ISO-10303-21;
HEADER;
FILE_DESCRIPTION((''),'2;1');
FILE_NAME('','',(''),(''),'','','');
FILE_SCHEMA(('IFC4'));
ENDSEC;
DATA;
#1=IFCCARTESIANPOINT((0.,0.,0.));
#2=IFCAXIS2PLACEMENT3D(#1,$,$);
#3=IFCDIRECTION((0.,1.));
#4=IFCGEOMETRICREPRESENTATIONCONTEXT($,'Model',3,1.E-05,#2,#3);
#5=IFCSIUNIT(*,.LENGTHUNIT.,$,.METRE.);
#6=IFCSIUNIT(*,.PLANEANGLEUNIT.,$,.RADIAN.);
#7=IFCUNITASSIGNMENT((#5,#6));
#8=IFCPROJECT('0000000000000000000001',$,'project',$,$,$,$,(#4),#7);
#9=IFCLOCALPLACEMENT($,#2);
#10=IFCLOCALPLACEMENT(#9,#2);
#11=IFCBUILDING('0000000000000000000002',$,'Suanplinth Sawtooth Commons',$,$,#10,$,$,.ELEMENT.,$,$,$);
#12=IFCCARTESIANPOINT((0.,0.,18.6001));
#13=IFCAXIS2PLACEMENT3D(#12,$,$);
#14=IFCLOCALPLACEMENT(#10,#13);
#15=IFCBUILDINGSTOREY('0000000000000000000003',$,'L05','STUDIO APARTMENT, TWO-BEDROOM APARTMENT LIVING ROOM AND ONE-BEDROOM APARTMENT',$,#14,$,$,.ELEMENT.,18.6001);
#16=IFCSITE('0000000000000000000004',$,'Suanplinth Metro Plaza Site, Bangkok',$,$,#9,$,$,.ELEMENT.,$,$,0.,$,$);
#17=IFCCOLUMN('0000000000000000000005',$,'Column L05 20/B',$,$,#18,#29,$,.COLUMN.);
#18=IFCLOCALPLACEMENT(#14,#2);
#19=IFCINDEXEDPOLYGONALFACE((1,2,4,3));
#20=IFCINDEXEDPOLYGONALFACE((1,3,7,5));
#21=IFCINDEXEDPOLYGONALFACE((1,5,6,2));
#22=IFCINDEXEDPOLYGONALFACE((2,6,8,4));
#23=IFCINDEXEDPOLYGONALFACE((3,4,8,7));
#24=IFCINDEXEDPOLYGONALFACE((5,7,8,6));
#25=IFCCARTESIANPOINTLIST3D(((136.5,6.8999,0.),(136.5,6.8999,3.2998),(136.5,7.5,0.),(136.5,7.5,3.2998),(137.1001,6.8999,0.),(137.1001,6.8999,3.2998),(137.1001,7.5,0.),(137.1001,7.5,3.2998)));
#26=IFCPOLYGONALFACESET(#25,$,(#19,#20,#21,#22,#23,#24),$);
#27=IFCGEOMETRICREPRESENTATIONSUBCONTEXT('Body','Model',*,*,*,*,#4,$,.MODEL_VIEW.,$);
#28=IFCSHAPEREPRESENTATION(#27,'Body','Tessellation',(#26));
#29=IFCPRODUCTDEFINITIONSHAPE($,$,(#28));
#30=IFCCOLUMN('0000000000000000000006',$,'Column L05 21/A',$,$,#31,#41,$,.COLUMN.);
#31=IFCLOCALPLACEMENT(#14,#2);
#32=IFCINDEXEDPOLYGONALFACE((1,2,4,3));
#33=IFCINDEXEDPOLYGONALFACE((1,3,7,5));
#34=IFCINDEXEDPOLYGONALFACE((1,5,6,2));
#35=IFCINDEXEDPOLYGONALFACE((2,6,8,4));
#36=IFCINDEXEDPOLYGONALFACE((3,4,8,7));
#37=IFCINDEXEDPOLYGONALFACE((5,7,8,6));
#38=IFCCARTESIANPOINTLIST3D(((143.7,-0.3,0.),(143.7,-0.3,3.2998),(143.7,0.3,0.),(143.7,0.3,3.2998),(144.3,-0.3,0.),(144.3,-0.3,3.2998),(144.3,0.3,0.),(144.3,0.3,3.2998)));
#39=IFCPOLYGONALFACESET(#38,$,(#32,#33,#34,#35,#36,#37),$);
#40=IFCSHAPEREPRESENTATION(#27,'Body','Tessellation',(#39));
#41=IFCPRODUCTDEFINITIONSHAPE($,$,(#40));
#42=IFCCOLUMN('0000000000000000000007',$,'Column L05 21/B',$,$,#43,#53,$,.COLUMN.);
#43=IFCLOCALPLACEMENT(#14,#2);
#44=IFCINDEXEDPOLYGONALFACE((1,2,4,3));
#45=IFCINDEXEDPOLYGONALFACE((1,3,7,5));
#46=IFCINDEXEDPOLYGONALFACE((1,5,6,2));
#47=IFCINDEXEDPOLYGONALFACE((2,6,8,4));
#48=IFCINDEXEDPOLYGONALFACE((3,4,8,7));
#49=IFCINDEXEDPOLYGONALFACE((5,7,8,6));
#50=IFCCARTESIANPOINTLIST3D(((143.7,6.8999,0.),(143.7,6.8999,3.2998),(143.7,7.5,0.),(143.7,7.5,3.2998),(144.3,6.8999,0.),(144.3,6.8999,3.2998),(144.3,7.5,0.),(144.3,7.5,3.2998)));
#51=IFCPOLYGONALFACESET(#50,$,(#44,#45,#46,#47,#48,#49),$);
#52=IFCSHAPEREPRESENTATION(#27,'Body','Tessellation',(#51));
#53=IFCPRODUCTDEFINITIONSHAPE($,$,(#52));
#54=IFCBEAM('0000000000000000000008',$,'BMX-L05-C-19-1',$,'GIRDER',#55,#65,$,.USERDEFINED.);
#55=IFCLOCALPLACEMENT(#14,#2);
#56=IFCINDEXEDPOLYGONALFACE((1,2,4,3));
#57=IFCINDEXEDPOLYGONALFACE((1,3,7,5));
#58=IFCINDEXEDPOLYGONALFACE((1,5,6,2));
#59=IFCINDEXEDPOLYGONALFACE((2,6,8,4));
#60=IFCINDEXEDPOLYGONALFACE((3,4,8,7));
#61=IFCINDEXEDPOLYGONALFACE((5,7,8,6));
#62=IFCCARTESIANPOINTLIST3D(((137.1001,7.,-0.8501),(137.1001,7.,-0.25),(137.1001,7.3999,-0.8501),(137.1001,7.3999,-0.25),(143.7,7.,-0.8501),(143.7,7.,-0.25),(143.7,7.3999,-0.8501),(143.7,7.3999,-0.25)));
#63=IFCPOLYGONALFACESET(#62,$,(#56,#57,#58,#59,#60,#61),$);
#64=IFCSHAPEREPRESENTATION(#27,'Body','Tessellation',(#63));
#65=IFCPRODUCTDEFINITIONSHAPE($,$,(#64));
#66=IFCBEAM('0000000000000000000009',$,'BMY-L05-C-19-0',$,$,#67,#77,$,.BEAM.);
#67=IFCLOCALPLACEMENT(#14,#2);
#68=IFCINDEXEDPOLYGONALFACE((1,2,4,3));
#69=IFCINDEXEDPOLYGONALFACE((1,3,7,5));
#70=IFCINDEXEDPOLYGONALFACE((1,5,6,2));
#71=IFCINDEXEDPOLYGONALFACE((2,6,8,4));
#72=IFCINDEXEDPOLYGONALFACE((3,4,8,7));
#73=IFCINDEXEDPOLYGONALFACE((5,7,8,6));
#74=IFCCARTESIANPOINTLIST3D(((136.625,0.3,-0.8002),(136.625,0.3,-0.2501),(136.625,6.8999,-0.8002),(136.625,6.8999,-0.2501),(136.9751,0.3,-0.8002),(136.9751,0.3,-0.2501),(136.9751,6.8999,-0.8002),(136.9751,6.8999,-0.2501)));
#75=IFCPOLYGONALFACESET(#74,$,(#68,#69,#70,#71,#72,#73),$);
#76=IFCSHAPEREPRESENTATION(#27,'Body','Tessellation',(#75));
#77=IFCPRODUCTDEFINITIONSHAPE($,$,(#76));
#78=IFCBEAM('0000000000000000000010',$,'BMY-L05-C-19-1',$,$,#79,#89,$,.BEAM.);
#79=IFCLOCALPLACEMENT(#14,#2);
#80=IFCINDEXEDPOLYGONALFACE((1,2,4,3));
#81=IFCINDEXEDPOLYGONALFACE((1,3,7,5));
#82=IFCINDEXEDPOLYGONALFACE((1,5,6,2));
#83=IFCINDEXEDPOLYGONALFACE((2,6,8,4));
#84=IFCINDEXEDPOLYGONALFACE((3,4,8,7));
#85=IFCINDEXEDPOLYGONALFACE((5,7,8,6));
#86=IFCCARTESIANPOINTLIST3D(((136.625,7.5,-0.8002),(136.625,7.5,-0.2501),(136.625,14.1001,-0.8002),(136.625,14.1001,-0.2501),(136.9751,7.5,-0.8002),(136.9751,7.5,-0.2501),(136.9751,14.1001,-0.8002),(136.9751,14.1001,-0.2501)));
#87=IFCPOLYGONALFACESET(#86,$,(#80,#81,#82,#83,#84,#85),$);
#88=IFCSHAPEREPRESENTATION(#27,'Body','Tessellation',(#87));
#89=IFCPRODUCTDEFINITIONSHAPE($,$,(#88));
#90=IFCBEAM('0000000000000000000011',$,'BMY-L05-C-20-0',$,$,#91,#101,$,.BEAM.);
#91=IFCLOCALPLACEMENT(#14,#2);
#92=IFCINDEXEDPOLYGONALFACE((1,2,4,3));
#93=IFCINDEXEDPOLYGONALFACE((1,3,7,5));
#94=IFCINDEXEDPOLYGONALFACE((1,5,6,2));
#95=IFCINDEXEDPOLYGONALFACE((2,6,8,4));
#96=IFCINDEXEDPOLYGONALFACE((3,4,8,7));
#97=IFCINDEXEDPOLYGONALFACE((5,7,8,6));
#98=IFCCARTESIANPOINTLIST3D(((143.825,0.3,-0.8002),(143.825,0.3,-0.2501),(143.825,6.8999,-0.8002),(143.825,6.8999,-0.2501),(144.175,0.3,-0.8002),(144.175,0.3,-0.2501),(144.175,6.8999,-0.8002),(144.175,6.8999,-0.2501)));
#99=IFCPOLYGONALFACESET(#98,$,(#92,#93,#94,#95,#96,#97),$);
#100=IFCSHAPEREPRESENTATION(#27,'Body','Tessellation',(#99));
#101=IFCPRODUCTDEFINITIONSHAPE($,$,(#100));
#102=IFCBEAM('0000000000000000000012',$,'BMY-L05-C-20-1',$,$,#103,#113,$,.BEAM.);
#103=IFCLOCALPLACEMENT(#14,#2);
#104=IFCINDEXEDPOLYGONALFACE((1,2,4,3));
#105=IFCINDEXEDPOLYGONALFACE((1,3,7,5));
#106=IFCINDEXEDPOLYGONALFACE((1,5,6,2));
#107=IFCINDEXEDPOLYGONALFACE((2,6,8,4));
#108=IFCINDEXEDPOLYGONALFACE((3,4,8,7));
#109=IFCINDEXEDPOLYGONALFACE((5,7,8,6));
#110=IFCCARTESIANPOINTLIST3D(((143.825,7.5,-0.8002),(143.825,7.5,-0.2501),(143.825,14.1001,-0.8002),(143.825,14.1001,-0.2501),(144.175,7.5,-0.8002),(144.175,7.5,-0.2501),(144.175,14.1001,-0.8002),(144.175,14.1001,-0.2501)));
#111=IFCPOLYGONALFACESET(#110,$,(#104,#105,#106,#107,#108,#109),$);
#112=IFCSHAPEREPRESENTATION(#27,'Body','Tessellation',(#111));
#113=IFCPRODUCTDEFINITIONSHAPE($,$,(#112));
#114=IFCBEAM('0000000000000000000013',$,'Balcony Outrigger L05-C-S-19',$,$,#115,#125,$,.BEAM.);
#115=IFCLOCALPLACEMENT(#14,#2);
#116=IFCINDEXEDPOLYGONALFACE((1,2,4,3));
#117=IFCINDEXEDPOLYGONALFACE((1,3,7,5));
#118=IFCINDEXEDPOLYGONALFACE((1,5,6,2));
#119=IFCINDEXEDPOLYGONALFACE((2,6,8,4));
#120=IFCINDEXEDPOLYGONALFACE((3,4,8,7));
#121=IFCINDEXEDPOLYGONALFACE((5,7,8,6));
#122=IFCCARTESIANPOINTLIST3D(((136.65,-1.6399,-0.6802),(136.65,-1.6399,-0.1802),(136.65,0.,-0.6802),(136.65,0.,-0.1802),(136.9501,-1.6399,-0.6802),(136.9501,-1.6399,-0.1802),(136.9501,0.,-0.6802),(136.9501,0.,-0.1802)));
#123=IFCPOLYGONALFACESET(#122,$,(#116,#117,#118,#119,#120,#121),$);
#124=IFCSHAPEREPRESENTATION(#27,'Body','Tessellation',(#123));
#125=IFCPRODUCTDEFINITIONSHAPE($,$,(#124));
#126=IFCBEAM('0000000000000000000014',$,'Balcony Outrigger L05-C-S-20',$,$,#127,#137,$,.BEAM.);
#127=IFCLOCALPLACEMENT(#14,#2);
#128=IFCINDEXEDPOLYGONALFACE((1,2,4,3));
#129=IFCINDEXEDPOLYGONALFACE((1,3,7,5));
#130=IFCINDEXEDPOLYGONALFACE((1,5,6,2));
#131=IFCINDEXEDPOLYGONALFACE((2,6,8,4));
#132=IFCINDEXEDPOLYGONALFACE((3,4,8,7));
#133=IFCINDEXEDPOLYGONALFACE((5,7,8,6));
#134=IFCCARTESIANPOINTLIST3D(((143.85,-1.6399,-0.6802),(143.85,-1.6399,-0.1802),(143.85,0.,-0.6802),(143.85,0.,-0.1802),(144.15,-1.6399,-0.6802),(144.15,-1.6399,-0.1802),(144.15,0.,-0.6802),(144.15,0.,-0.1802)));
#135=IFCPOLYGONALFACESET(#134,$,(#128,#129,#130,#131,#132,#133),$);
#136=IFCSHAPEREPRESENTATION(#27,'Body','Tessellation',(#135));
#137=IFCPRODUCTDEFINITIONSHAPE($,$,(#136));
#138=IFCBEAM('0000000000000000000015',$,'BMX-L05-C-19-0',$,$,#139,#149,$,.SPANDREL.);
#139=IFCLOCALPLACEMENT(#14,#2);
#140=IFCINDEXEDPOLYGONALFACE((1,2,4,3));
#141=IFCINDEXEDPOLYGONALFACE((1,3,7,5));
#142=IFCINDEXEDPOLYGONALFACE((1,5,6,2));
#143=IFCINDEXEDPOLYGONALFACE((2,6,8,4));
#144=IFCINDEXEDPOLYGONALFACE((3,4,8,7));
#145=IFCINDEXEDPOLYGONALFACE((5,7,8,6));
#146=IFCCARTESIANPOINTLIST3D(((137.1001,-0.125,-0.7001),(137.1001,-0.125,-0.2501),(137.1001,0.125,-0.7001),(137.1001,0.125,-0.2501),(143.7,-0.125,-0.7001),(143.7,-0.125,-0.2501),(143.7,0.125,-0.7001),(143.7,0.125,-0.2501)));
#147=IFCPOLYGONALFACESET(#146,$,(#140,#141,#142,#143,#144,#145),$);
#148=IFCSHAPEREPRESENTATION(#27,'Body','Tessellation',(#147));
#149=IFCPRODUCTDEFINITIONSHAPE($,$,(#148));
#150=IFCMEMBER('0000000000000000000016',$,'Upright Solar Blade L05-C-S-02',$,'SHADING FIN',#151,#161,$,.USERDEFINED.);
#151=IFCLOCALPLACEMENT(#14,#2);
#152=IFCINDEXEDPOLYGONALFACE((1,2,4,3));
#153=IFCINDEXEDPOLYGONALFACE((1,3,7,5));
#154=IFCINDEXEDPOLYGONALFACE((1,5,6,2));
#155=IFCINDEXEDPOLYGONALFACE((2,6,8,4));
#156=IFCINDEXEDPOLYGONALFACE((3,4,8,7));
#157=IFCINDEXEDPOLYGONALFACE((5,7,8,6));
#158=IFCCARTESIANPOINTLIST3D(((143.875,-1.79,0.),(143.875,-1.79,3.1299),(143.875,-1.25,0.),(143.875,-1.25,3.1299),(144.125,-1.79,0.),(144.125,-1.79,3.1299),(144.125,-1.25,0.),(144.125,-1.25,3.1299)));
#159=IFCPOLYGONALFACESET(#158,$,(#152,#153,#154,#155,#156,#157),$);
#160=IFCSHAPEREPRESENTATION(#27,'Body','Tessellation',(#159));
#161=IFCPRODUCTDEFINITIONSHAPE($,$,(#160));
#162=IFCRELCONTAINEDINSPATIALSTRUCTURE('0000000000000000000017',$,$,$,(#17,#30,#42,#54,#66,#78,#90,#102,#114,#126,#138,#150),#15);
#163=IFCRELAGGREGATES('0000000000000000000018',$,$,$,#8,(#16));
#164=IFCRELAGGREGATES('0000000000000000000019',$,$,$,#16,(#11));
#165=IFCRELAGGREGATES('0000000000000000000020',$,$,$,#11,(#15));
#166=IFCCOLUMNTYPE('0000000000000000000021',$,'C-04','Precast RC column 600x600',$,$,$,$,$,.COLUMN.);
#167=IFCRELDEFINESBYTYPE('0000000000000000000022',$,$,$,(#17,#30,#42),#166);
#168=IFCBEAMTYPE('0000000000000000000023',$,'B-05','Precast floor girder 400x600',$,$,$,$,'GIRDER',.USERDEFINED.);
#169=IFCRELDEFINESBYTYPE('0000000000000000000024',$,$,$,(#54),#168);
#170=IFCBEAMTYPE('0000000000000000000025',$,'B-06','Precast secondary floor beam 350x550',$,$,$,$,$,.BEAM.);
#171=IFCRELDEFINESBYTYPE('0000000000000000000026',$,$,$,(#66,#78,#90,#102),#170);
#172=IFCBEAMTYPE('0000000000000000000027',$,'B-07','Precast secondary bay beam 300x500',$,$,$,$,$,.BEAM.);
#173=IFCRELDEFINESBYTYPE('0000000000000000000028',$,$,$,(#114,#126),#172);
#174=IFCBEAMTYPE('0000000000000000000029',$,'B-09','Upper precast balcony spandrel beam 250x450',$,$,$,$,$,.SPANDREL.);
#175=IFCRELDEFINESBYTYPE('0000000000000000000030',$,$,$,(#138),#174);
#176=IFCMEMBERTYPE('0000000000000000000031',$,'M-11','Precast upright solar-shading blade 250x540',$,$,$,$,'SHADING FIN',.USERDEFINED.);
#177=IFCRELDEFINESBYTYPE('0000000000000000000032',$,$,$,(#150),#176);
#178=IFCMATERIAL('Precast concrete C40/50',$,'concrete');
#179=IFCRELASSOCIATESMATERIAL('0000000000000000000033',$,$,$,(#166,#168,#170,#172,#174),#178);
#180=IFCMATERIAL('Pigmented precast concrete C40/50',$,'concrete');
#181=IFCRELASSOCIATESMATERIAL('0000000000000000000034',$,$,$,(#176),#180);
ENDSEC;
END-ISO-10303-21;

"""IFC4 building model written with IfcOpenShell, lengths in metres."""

from ifc_helpers import new_model, si_unit, direction, frame, origin, origin_2d, place, context, subcontext, project, spatial, rectangle, extrude, material, material_profile, profile_set, type_object, element, save


model = new_model("IFC4")

# Units and contexts
model_context = context("Model", 3, precision=1e-05, world=origin(), true_north=direction((0.0, 1.0)))
body_context = subcontext(model_context, "Body", "Model", "MODEL_VIEW")
ifc_project = project(units=[si_unit("LENGTHUNIT", "METRE"), si_unit("PLANEANGLEUNIT", "RADIAN")], contexts=[model_context])

# Site, building, storey
site_placement = place(None, origin())
site = spatial("IfcSite", under=ifc_project, at=site_placement, Name="Suanplinth Metro Plaza Site, Bangkok", CompositionType="ELEMENT", RefElevation=0.0)
building_placement = place(site_placement, origin())
building = spatial("IfcBuilding", under=site, at=building_placement, Name="Suanplinth Sawtooth Commons", CompositionType="ELEMENT")
storey_placement = place(building_placement, frame((0.0, 0.0, 18.6001)))
storey = spatial("IfcBuildingStorey", under=building, at=storey_placement, Name="L05", Description="STUDIO APARTMENT, TWO-BEDROOM APARTMENT LIVING ROOM AND ONE-BEDROOM APARTMENT", CompositionType="ELEMENT", Elevation=18.6001)

# Columns
ifc_material_1 = material(Name="Precast concrete C40/50", Category="concrete")
ifc_material_profile_1 = material_profile(ifc_material_1, rectangle(XDim=0.6001, YDim=0.6001, at=origin_2d()), Name="PC-COL 600x600")
ifc_profile_set_1 = profile_set([ifc_material_profile_1], Name="Precast concrete C40/50")
column_type = type_object("IfcColumnType", Name="C-04", Description="Precast RC column 600x600", PredefinedType="COLUMN", material=ifc_profile_set_1)
for number, where, z_axis, x_axis, name in (
    (1, (136.8, 7.2, 0.0), (0.0, 0.0, 1.0), (1.0, 0.0, 0.0), "Column L05 20/B"),
    (2, (144.0, 0.0, 0.0), (0.0, 0.0, 1.0), (1.0, 0.0, 0.0), "Column L05 21/A"),
    (3, (144.0, 7.2, 0.0), (0.0, 0.0, 1.0), (1.0, 0.0, 0.0), "Column L05 21/B"),
):
    element("IfcColumn", number, at=place(storey_placement, frame(where, z_axis=z_axis, x_axis=x_axis)), inside=storey, type_object=column_type, Name=name, PredefinedType="COLUMN", context=body_context, shape_type="SweptSolid", body=[
        extrude(rectangle(XDim=0.6001, YDim=0.6001, at=origin_2d()), origin(), (0.0, 0.0, 1.0), 3.2998),
    ])

# Beams
ifc_material_profile_2 = material_profile(ifc_material_1, rectangle(XDim=0.3999, YDim=0.6001, at=origin_2d()), Name="PC-GDR 400x600")
ifc_profile_set_2 = profile_set([ifc_material_profile_2], Name="Precast concrete C40/50")
beam_type_1 = type_object("IfcBeamType", Name="B-05", Description="Precast floor girder 400x600", ElementType="GIRDER", PredefinedType="USERDEFINED", material=ifc_profile_set_2)
beam_1_placement = place(storey_placement, frame((137.1001, 7.2, -0.55), z_axis=(1.0, 0.0, 0.0), x_axis=(0.0, 1.0, 0.0)))
element("IfcBeam", 4, at=beam_1_placement, inside=storey, type_object=beam_type_1, Name="BMX-L05-C-19-1", ObjectType="GIRDER", PredefinedType="USERDEFINED", context=body_context, shape_type="SweptSolid", body=[
    extrude(rectangle(XDim=0.3999, YDim=0.6001, at=origin_2d()), origin(), (0.0, 0.0, 1.0), 6.5999),
])
ifc_material_profile_3 = material_profile(ifc_material_1, rectangle(XDim=0.3501, YDim=0.55, at=origin_2d()), Name="PC-BM 350x550")
ifc_profile_set_3 = profile_set([ifc_material_profile_3], Name="Precast concrete C40/50")
beam_type_2 = type_object("IfcBeamType", Name="B-06", Description="Precast secondary floor beam 350x550", PredefinedType="BEAM", material=ifc_profile_set_3)
beam_2_placement = place(storey_placement, frame((136.8, 0.3, -0.5251), z_axis=(0.0, 1.0, 0.0), x_axis=(-1.0, 0.0, 0.0)))
element("IfcBeam", 5, at=beam_2_placement, inside=storey, type_object=beam_type_2, Name="BMY-L05-C-19-0", PredefinedType="BEAM", context=body_context, shape_type="SweptSolid", body=[
    extrude(rectangle(XDim=0.3501, YDim=0.55, at=origin_2d()), origin(), (0.0, 0.0, 1.0), 6.5999),
])
beam_3_placement = place(storey_placement, frame((136.8, 7.5, -0.5251), z_axis=(0.0, 1.0, 0.0), x_axis=(-1.0, 0.0, 0.0)))
element("IfcBeam", 6, at=beam_3_placement, inside=storey, type_object=beam_type_2, Name="BMY-L05-C-19-1", PredefinedType="BEAM", context=body_context, shape_type="SweptSolid", body=[
    extrude(rectangle(XDim=0.3501, YDim=0.55, at=origin_2d()), origin(), (0.0, 0.0, 1.0), 6.6001),
])
beam_4_placement = place(storey_placement, frame((144.0, 0.3, -0.5251), z_axis=(0.0, 1.0, 0.0), x_axis=(-1.0, 0.0, 0.0)))
element("IfcBeam", 7, at=beam_4_placement, inside=storey, type_object=beam_type_2, Name="BMY-L05-C-20-0", PredefinedType="BEAM", context=body_context, shape_type="SweptSolid", body=[
    extrude(rectangle(XDim=0.3501, YDim=0.55, at=origin_2d()), origin(), (0.0, 0.0, 1.0), 6.5999),
])
beam_5_placement = place(storey_placement, frame((144.0, 7.5, -0.5251), z_axis=(0.0, 1.0, 0.0), x_axis=(-1.0, 0.0, 0.0)))
element("IfcBeam", 8, at=beam_5_placement, inside=storey, type_object=beam_type_2, Name="BMY-L05-C-20-1", PredefinedType="BEAM", context=body_context, shape_type="SweptSolid", body=[
    extrude(rectangle(XDim=0.3501, YDim=0.55, at=origin_2d()), origin(), (0.0, 0.0, 1.0), 6.6001),
])
ifc_material_profile_4 = material_profile(ifc_material_1, rectangle(XDim=0.3, YDim=0.5, at=origin_2d()), Name="PC-BM 300x500")
ifc_profile_set_4 = profile_set([ifc_material_profile_4], Name="Precast concrete C40/50")
beam_type_3 = type_object("IfcBeamType", Name="B-07", Description="Precast secondary bay beam 300x500", PredefinedType="BEAM", material=ifc_profile_set_4)
for number, where, z_axis, x_axis, name in (
    (9, (136.8, 0.0, -0.4302), (0.0, -1.0, 0.0), (1.0, 0.0, 0.0), "Balcony Outrigger L05-C-S-19"),
    (10, (144.0, 0.0, -0.4302), (0.0, -1.0, 0.0), (1.0, 0.0, 0.0), "Balcony Outrigger L05-C-S-20"),
):
    element("IfcBeam", number, at=place(storey_placement, frame(where, z_axis=z_axis, x_axis=x_axis)), inside=storey, type_object=beam_type_3, Name=name, PredefinedType="BEAM", context=body_context, shape_type="SweptSolid", body=[
        extrude(rectangle(XDim=0.3, YDim=0.5, at=origin_2d()), origin(), (0.0, 0.0, 1.0), 1.6399),
    ])
ifc_material_profile_5 = material_profile(ifc_material_1, rectangle(XDim=0.25, YDim=0.45, at=origin_2d()), Name="PC-SP 250x450")
ifc_profile_set_5 = profile_set([ifc_material_profile_5], Name="Precast concrete C40/50")
beam_type_4 = type_object("IfcBeamType", Name="B-09", Description="Upper precast balcony spandrel beam 250x450", PredefinedType="SPANDREL", material=ifc_profile_set_5)
beam_6_placement = place(storey_placement, frame((137.1001, 0.0, -0.4751), z_axis=(1.0, 0.0, 0.0), x_axis=(0.0, 1.0, 0.0)))
element("IfcBeam", 11, at=beam_6_placement, inside=storey, type_object=beam_type_4, Name="BMX-L05-C-19-0", PredefinedType="SPANDREL", context=body_context, shape_type="SweptSolid", body=[
    extrude(rectangle(XDim=0.25, YDim=0.45, at=origin_2d()), origin(), (0.0, 0.0, 1.0), 6.5999),
])

# Member
ifc_material_2 = material(Name="Pigmented precast concrete C40/50", Category="concrete")
ifc_material_profile_6 = material_profile(ifc_material_2, rectangle(XDim=0.25, YDim=0.54, at=origin_2d()), Name="PC-FIN 250x540")
ifc_profile_set_6 = profile_set([ifc_material_profile_6], Name="Pigmented precast concrete C40/50")
member_type = type_object("IfcMemberType", Name="M-11", Description="Precast upright solar-shading blade 250x540", ElementType="SHADING FIN", PredefinedType="USERDEFINED", material=ifc_profile_set_6)
member_placement = place(storey_placement, frame((144.0, -1.52, 0.0), z_axis=(0.0, 0.0, 1.0), x_axis=(1.0, 0.0, 0.0)))
element("IfcMember", 12, at=member_placement, inside=storey, type_object=member_type, Name="Upright Solar Blade L05-C-S-02", ObjectType="SHADING FIN", PredefinedType="USERDEFINED", context=body_context, shape_type="SweptSolid", body=[
    extrude(rectangle(XDim=0.25, YDim=0.54, at=origin_2d()), origin(), (0.0, 0.0, 1.0), 3.1299),
])

save(model, "model.ifc")
